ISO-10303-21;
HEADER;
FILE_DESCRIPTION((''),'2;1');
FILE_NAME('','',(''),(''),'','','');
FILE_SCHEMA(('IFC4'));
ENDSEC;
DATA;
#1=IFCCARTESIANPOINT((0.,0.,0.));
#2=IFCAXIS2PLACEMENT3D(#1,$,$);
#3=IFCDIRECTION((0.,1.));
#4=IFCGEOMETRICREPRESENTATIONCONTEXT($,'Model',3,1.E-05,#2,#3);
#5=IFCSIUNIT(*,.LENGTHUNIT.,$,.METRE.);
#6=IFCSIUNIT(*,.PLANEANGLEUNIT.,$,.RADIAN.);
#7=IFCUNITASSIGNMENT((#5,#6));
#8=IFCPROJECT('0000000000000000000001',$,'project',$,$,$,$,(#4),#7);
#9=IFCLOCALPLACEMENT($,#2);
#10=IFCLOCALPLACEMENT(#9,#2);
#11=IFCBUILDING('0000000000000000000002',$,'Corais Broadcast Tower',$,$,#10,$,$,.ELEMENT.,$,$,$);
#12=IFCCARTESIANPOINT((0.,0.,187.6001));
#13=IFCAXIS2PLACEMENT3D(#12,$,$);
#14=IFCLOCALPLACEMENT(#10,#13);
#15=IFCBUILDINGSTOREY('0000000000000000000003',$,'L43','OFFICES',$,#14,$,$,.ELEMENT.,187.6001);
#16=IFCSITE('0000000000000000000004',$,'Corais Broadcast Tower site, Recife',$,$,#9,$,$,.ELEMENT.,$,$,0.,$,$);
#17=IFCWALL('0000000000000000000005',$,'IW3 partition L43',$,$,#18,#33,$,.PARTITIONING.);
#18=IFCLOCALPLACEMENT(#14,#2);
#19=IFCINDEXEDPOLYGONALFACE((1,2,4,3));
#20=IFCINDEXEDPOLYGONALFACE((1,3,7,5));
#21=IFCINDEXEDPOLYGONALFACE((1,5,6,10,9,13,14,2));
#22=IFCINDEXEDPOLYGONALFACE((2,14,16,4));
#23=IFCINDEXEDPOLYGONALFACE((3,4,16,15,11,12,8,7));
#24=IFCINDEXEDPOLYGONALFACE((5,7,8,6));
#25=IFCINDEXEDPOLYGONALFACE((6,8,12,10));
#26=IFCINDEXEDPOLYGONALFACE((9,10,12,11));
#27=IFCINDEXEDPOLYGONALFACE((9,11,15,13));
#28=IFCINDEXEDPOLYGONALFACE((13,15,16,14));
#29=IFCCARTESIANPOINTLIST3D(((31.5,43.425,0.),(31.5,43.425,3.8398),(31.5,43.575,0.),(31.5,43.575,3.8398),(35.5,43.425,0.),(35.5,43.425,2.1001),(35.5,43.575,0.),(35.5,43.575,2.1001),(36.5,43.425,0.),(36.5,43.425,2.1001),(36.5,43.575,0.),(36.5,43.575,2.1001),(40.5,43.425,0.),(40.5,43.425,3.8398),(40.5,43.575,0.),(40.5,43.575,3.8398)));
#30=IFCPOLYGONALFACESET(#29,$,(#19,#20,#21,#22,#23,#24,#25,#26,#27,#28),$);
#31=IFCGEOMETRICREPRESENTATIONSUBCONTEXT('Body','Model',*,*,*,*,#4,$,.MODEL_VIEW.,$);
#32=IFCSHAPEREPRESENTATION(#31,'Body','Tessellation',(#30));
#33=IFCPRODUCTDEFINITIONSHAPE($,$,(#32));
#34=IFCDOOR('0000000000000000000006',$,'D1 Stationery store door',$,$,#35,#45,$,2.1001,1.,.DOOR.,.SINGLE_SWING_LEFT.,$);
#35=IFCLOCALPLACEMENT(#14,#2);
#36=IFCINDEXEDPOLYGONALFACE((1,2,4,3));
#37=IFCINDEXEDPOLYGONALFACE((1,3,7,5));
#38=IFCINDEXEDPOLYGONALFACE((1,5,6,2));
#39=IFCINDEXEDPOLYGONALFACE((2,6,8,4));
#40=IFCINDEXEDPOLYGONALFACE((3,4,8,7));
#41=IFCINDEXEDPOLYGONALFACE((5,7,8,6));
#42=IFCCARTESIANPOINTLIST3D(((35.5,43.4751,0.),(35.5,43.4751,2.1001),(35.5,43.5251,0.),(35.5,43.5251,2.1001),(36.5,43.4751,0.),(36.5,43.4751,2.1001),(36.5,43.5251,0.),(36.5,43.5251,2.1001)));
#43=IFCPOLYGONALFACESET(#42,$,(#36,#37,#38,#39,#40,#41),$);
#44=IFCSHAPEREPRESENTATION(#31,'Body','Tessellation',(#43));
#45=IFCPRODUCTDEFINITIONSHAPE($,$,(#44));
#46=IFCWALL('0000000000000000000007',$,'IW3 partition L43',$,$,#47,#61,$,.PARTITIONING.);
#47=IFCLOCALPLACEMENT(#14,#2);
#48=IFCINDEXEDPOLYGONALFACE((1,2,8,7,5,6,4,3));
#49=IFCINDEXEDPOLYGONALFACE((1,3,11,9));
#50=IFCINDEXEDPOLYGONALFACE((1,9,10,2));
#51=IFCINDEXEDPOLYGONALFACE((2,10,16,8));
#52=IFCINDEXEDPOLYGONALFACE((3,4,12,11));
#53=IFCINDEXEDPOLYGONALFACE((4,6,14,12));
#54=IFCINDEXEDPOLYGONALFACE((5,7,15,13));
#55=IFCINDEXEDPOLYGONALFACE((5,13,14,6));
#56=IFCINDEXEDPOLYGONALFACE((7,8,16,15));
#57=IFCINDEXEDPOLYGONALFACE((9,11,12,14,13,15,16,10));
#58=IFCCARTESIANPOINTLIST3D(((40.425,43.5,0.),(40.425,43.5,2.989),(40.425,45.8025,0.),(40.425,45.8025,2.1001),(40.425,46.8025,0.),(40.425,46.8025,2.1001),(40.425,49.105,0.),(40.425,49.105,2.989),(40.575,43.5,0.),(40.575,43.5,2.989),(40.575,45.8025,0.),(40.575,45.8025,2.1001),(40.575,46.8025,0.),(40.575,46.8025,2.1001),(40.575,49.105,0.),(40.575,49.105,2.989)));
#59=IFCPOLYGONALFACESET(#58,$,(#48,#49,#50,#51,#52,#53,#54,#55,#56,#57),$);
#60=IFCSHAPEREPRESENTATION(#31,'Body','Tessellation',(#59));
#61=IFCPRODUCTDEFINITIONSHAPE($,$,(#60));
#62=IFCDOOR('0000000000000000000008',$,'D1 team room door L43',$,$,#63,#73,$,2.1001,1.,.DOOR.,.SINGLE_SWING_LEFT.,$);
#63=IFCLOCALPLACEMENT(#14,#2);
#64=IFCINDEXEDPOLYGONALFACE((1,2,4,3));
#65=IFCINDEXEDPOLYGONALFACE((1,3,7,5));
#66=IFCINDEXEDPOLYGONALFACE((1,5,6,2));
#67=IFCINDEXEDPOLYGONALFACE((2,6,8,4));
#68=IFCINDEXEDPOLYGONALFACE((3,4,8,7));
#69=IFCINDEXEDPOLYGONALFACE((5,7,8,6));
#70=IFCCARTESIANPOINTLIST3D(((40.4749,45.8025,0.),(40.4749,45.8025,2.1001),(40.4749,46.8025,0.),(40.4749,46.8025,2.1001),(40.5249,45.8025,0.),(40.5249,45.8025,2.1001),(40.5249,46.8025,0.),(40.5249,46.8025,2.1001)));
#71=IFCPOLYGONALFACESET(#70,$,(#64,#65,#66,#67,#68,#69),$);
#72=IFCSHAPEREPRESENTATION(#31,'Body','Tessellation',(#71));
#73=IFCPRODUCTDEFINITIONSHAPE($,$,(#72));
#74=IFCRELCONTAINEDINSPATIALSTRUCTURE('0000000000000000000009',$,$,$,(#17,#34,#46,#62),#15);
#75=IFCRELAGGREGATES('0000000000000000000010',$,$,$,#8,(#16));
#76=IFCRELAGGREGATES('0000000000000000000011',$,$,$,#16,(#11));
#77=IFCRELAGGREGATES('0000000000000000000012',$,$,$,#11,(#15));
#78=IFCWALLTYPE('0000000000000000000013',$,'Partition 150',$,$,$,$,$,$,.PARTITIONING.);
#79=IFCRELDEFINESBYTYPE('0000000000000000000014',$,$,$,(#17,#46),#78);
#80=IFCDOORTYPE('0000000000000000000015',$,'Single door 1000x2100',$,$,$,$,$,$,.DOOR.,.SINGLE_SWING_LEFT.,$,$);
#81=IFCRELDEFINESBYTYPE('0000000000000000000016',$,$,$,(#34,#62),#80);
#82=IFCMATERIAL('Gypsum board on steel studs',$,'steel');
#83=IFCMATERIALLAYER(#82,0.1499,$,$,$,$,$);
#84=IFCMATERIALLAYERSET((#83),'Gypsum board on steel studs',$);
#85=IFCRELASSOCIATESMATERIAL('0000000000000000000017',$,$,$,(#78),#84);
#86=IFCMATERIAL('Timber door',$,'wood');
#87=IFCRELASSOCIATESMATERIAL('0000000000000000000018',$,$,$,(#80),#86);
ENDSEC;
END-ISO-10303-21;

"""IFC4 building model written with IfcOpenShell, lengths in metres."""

from ifc_helpers import new_model, si_unit, direction, frame, frame_2d, origin, place, context, subcontext, project, spatial, rectangle, extrude, material, layer, layer_set, type_object, element, fill, save


model = new_model("IFC4")

# Units and contexts
model_context = context("Model", 3, precision=1e-05, world=origin(), true_north=direction((0.0, 1.0)))
body_context = subcontext(model_context, "Body", "Model", "MODEL_VIEW")
ifc_project = project(units=[si_unit("LENGTHUNIT", "METRE"), si_unit("PLANEANGLEUNIT", "RADIAN")], contexts=[model_context])

# Site, building, storey
site_placement = place(None, origin())
site = spatial("IfcSite", under=ifc_project, at=site_placement, Name="Corais Broadcast Tower site, Recife", CompositionType="ELEMENT", RefElevation=0.0)
building_placement = place(site_placement, origin())
building = spatial("IfcBuilding", under=site, at=building_placement, Name="Corais Broadcast Tower", CompositionType="ELEMENT")
storey_placement = place(building_placement, frame((0.0, 0.0, 187.6001)))
storey = spatial("IfcBuildingStorey", under=building, at=storey_placement, Name="L43", Description="OFFICES", CompositionType="ELEMENT", Elevation=187.6001)

# Walls, openings, doors
ifc_material_1 = material(Name="Gypsum board on steel studs", Category="steel")
ifc_layer_1 = layer(ifc_material_1, 0.1499)
ifc_layer_set_1 = layer_set([ifc_layer_1], Name="Gypsum board on steel studs")
wall_type = type_object("IfcWallType", Name="Partition 150", PredefinedType="PARTITIONING", material=ifc_layer_set_1)
wall_1_placement = place(storey_placement, frame((40.5, 43.5, 0.0), z_axis=(0.0, 0.0, 1.0), x_axis=(-1.0, 0.0, 0.0)))
wall_1 = element("IfcWall", 1, at=wall_1_placement, inside=storey, type_object=wall_type, Name="IW3 partition L43", PredefinedType="PARTITIONING", context=body_context, shape_type="SweptSolid", body=[
    extrude(rectangle(XDim=9.0, YDim=0.1499, at=frame_2d((4.5, 0.0))), origin(), (0.0, 0.0, 1.0), 3.8398),
])
opening_1_placement = place(wall_1_placement, frame((4.0, 0.0, 0.0)))
opening_1 = element("IfcOpeningElement", 2, at=opening_1_placement, cuts=wall_1, PredefinedType="OPENING", context=body_context, shape_type="SweptSolid", body=[
    extrude(rectangle(XDim=1.0, YDim=2.1001, at=frame_2d((0.5, 1.05))), frame((0.0, 0.085, 0.0), z_axis=(0.0, -1.0, 0.0), x_axis=(1.0, 0.0, 0.0)), (0.0, 0.0, 1.0), 0.1699),
])
ifc_material_2 = material(Name="Timber door", Category="wood")
door_type = type_object("IfcDoorType", Name="Single door 1000x2100", OperationType="SINGLE_SWING_LEFT", PredefinedType="DOOR", material=ifc_material_2)
door_1_placement = place(opening_1_placement, origin())
door_1 = element("IfcDoor", 3, at=door_1_placement, inside=storey, type_object=door_type, Name="D1 Stationery store door", OperationType="SINGLE_SWING_LEFT", OverallHeight=2.1001, OverallWidth=1.0, PredefinedType="DOOR", context=body_context, shape_type="SweptSolid", body=[
    extrude(rectangle(XDim=1.0, YDim=2.1001, at=frame_2d((0.5, 1.05))), frame((0.0, 0.0249, 0.0), z_axis=(0.0, -1.0, 0.0), x_axis=(1.0, 0.0, 0.0)), (0.0, 0.0, 1.0), 0.05),
])
fill(opening_1, door_1)
wall_2_placement = place(storey_placement, frame((40.5, 49.105, 0.0), z_axis=(0.0, 0.0, 1.0), x_axis=(0.0, -1.0, 0.0)))
wall_2 = element("IfcWall", 4, at=wall_2_placement, inside=storey, type_object=wall_type, Name="IW3 partition L43", PredefinedType="PARTITIONING", context=body_context, shape_type="SweptSolid", body=[
    extrude(rectangle(XDim=5.605, YDim=0.1499, at=frame_2d((2.8025, 0.0))), origin(), (0.0, 0.0, 1.0), 2.989),
])
opening_2_placement = place(wall_2_placement, frame((2.3025, 0.0, 0.0)))
opening_2 = element("IfcOpeningElement", 5, at=opening_2_placement, cuts=wall_2, PredefinedType="OPENING", context=body_context, shape_type="SweptSolid", body=[
    extrude(rectangle(XDim=1.0, YDim=2.1001, at=frame_2d((0.5, 1.05))), frame((0.0, 0.085, 0.0), z_axis=(0.0, -1.0, 0.0), x_axis=(1.0, 0.0, 0.0)), (0.0, 0.0, 1.0), 0.1699),
])
door_2_placement = place(opening_2_placement, origin())
door_2 = element("IfcDoor", 6, at=door_2_placement, inside=storey, type_object=door_type, Name="D1 team room door L43", OperationType="SINGLE_SWING_LEFT", OverallHeight=2.1001, OverallWidth=1.0, PredefinedType="DOOR", context=body_context, shape_type="SweptSolid", body=[
    extrude(rectangle(XDim=1.0, YDim=2.1001, at=frame_2d((0.5, 1.05))), frame((0.0, 0.0249, 0.0), z_axis=(0.0, -1.0, 0.0), x_axis=(1.0, 0.0, 0.0)), (0.0, 0.0, 1.0), 0.05),
])
fill(opening_2, door_2)

save(model, "model.ifc")
